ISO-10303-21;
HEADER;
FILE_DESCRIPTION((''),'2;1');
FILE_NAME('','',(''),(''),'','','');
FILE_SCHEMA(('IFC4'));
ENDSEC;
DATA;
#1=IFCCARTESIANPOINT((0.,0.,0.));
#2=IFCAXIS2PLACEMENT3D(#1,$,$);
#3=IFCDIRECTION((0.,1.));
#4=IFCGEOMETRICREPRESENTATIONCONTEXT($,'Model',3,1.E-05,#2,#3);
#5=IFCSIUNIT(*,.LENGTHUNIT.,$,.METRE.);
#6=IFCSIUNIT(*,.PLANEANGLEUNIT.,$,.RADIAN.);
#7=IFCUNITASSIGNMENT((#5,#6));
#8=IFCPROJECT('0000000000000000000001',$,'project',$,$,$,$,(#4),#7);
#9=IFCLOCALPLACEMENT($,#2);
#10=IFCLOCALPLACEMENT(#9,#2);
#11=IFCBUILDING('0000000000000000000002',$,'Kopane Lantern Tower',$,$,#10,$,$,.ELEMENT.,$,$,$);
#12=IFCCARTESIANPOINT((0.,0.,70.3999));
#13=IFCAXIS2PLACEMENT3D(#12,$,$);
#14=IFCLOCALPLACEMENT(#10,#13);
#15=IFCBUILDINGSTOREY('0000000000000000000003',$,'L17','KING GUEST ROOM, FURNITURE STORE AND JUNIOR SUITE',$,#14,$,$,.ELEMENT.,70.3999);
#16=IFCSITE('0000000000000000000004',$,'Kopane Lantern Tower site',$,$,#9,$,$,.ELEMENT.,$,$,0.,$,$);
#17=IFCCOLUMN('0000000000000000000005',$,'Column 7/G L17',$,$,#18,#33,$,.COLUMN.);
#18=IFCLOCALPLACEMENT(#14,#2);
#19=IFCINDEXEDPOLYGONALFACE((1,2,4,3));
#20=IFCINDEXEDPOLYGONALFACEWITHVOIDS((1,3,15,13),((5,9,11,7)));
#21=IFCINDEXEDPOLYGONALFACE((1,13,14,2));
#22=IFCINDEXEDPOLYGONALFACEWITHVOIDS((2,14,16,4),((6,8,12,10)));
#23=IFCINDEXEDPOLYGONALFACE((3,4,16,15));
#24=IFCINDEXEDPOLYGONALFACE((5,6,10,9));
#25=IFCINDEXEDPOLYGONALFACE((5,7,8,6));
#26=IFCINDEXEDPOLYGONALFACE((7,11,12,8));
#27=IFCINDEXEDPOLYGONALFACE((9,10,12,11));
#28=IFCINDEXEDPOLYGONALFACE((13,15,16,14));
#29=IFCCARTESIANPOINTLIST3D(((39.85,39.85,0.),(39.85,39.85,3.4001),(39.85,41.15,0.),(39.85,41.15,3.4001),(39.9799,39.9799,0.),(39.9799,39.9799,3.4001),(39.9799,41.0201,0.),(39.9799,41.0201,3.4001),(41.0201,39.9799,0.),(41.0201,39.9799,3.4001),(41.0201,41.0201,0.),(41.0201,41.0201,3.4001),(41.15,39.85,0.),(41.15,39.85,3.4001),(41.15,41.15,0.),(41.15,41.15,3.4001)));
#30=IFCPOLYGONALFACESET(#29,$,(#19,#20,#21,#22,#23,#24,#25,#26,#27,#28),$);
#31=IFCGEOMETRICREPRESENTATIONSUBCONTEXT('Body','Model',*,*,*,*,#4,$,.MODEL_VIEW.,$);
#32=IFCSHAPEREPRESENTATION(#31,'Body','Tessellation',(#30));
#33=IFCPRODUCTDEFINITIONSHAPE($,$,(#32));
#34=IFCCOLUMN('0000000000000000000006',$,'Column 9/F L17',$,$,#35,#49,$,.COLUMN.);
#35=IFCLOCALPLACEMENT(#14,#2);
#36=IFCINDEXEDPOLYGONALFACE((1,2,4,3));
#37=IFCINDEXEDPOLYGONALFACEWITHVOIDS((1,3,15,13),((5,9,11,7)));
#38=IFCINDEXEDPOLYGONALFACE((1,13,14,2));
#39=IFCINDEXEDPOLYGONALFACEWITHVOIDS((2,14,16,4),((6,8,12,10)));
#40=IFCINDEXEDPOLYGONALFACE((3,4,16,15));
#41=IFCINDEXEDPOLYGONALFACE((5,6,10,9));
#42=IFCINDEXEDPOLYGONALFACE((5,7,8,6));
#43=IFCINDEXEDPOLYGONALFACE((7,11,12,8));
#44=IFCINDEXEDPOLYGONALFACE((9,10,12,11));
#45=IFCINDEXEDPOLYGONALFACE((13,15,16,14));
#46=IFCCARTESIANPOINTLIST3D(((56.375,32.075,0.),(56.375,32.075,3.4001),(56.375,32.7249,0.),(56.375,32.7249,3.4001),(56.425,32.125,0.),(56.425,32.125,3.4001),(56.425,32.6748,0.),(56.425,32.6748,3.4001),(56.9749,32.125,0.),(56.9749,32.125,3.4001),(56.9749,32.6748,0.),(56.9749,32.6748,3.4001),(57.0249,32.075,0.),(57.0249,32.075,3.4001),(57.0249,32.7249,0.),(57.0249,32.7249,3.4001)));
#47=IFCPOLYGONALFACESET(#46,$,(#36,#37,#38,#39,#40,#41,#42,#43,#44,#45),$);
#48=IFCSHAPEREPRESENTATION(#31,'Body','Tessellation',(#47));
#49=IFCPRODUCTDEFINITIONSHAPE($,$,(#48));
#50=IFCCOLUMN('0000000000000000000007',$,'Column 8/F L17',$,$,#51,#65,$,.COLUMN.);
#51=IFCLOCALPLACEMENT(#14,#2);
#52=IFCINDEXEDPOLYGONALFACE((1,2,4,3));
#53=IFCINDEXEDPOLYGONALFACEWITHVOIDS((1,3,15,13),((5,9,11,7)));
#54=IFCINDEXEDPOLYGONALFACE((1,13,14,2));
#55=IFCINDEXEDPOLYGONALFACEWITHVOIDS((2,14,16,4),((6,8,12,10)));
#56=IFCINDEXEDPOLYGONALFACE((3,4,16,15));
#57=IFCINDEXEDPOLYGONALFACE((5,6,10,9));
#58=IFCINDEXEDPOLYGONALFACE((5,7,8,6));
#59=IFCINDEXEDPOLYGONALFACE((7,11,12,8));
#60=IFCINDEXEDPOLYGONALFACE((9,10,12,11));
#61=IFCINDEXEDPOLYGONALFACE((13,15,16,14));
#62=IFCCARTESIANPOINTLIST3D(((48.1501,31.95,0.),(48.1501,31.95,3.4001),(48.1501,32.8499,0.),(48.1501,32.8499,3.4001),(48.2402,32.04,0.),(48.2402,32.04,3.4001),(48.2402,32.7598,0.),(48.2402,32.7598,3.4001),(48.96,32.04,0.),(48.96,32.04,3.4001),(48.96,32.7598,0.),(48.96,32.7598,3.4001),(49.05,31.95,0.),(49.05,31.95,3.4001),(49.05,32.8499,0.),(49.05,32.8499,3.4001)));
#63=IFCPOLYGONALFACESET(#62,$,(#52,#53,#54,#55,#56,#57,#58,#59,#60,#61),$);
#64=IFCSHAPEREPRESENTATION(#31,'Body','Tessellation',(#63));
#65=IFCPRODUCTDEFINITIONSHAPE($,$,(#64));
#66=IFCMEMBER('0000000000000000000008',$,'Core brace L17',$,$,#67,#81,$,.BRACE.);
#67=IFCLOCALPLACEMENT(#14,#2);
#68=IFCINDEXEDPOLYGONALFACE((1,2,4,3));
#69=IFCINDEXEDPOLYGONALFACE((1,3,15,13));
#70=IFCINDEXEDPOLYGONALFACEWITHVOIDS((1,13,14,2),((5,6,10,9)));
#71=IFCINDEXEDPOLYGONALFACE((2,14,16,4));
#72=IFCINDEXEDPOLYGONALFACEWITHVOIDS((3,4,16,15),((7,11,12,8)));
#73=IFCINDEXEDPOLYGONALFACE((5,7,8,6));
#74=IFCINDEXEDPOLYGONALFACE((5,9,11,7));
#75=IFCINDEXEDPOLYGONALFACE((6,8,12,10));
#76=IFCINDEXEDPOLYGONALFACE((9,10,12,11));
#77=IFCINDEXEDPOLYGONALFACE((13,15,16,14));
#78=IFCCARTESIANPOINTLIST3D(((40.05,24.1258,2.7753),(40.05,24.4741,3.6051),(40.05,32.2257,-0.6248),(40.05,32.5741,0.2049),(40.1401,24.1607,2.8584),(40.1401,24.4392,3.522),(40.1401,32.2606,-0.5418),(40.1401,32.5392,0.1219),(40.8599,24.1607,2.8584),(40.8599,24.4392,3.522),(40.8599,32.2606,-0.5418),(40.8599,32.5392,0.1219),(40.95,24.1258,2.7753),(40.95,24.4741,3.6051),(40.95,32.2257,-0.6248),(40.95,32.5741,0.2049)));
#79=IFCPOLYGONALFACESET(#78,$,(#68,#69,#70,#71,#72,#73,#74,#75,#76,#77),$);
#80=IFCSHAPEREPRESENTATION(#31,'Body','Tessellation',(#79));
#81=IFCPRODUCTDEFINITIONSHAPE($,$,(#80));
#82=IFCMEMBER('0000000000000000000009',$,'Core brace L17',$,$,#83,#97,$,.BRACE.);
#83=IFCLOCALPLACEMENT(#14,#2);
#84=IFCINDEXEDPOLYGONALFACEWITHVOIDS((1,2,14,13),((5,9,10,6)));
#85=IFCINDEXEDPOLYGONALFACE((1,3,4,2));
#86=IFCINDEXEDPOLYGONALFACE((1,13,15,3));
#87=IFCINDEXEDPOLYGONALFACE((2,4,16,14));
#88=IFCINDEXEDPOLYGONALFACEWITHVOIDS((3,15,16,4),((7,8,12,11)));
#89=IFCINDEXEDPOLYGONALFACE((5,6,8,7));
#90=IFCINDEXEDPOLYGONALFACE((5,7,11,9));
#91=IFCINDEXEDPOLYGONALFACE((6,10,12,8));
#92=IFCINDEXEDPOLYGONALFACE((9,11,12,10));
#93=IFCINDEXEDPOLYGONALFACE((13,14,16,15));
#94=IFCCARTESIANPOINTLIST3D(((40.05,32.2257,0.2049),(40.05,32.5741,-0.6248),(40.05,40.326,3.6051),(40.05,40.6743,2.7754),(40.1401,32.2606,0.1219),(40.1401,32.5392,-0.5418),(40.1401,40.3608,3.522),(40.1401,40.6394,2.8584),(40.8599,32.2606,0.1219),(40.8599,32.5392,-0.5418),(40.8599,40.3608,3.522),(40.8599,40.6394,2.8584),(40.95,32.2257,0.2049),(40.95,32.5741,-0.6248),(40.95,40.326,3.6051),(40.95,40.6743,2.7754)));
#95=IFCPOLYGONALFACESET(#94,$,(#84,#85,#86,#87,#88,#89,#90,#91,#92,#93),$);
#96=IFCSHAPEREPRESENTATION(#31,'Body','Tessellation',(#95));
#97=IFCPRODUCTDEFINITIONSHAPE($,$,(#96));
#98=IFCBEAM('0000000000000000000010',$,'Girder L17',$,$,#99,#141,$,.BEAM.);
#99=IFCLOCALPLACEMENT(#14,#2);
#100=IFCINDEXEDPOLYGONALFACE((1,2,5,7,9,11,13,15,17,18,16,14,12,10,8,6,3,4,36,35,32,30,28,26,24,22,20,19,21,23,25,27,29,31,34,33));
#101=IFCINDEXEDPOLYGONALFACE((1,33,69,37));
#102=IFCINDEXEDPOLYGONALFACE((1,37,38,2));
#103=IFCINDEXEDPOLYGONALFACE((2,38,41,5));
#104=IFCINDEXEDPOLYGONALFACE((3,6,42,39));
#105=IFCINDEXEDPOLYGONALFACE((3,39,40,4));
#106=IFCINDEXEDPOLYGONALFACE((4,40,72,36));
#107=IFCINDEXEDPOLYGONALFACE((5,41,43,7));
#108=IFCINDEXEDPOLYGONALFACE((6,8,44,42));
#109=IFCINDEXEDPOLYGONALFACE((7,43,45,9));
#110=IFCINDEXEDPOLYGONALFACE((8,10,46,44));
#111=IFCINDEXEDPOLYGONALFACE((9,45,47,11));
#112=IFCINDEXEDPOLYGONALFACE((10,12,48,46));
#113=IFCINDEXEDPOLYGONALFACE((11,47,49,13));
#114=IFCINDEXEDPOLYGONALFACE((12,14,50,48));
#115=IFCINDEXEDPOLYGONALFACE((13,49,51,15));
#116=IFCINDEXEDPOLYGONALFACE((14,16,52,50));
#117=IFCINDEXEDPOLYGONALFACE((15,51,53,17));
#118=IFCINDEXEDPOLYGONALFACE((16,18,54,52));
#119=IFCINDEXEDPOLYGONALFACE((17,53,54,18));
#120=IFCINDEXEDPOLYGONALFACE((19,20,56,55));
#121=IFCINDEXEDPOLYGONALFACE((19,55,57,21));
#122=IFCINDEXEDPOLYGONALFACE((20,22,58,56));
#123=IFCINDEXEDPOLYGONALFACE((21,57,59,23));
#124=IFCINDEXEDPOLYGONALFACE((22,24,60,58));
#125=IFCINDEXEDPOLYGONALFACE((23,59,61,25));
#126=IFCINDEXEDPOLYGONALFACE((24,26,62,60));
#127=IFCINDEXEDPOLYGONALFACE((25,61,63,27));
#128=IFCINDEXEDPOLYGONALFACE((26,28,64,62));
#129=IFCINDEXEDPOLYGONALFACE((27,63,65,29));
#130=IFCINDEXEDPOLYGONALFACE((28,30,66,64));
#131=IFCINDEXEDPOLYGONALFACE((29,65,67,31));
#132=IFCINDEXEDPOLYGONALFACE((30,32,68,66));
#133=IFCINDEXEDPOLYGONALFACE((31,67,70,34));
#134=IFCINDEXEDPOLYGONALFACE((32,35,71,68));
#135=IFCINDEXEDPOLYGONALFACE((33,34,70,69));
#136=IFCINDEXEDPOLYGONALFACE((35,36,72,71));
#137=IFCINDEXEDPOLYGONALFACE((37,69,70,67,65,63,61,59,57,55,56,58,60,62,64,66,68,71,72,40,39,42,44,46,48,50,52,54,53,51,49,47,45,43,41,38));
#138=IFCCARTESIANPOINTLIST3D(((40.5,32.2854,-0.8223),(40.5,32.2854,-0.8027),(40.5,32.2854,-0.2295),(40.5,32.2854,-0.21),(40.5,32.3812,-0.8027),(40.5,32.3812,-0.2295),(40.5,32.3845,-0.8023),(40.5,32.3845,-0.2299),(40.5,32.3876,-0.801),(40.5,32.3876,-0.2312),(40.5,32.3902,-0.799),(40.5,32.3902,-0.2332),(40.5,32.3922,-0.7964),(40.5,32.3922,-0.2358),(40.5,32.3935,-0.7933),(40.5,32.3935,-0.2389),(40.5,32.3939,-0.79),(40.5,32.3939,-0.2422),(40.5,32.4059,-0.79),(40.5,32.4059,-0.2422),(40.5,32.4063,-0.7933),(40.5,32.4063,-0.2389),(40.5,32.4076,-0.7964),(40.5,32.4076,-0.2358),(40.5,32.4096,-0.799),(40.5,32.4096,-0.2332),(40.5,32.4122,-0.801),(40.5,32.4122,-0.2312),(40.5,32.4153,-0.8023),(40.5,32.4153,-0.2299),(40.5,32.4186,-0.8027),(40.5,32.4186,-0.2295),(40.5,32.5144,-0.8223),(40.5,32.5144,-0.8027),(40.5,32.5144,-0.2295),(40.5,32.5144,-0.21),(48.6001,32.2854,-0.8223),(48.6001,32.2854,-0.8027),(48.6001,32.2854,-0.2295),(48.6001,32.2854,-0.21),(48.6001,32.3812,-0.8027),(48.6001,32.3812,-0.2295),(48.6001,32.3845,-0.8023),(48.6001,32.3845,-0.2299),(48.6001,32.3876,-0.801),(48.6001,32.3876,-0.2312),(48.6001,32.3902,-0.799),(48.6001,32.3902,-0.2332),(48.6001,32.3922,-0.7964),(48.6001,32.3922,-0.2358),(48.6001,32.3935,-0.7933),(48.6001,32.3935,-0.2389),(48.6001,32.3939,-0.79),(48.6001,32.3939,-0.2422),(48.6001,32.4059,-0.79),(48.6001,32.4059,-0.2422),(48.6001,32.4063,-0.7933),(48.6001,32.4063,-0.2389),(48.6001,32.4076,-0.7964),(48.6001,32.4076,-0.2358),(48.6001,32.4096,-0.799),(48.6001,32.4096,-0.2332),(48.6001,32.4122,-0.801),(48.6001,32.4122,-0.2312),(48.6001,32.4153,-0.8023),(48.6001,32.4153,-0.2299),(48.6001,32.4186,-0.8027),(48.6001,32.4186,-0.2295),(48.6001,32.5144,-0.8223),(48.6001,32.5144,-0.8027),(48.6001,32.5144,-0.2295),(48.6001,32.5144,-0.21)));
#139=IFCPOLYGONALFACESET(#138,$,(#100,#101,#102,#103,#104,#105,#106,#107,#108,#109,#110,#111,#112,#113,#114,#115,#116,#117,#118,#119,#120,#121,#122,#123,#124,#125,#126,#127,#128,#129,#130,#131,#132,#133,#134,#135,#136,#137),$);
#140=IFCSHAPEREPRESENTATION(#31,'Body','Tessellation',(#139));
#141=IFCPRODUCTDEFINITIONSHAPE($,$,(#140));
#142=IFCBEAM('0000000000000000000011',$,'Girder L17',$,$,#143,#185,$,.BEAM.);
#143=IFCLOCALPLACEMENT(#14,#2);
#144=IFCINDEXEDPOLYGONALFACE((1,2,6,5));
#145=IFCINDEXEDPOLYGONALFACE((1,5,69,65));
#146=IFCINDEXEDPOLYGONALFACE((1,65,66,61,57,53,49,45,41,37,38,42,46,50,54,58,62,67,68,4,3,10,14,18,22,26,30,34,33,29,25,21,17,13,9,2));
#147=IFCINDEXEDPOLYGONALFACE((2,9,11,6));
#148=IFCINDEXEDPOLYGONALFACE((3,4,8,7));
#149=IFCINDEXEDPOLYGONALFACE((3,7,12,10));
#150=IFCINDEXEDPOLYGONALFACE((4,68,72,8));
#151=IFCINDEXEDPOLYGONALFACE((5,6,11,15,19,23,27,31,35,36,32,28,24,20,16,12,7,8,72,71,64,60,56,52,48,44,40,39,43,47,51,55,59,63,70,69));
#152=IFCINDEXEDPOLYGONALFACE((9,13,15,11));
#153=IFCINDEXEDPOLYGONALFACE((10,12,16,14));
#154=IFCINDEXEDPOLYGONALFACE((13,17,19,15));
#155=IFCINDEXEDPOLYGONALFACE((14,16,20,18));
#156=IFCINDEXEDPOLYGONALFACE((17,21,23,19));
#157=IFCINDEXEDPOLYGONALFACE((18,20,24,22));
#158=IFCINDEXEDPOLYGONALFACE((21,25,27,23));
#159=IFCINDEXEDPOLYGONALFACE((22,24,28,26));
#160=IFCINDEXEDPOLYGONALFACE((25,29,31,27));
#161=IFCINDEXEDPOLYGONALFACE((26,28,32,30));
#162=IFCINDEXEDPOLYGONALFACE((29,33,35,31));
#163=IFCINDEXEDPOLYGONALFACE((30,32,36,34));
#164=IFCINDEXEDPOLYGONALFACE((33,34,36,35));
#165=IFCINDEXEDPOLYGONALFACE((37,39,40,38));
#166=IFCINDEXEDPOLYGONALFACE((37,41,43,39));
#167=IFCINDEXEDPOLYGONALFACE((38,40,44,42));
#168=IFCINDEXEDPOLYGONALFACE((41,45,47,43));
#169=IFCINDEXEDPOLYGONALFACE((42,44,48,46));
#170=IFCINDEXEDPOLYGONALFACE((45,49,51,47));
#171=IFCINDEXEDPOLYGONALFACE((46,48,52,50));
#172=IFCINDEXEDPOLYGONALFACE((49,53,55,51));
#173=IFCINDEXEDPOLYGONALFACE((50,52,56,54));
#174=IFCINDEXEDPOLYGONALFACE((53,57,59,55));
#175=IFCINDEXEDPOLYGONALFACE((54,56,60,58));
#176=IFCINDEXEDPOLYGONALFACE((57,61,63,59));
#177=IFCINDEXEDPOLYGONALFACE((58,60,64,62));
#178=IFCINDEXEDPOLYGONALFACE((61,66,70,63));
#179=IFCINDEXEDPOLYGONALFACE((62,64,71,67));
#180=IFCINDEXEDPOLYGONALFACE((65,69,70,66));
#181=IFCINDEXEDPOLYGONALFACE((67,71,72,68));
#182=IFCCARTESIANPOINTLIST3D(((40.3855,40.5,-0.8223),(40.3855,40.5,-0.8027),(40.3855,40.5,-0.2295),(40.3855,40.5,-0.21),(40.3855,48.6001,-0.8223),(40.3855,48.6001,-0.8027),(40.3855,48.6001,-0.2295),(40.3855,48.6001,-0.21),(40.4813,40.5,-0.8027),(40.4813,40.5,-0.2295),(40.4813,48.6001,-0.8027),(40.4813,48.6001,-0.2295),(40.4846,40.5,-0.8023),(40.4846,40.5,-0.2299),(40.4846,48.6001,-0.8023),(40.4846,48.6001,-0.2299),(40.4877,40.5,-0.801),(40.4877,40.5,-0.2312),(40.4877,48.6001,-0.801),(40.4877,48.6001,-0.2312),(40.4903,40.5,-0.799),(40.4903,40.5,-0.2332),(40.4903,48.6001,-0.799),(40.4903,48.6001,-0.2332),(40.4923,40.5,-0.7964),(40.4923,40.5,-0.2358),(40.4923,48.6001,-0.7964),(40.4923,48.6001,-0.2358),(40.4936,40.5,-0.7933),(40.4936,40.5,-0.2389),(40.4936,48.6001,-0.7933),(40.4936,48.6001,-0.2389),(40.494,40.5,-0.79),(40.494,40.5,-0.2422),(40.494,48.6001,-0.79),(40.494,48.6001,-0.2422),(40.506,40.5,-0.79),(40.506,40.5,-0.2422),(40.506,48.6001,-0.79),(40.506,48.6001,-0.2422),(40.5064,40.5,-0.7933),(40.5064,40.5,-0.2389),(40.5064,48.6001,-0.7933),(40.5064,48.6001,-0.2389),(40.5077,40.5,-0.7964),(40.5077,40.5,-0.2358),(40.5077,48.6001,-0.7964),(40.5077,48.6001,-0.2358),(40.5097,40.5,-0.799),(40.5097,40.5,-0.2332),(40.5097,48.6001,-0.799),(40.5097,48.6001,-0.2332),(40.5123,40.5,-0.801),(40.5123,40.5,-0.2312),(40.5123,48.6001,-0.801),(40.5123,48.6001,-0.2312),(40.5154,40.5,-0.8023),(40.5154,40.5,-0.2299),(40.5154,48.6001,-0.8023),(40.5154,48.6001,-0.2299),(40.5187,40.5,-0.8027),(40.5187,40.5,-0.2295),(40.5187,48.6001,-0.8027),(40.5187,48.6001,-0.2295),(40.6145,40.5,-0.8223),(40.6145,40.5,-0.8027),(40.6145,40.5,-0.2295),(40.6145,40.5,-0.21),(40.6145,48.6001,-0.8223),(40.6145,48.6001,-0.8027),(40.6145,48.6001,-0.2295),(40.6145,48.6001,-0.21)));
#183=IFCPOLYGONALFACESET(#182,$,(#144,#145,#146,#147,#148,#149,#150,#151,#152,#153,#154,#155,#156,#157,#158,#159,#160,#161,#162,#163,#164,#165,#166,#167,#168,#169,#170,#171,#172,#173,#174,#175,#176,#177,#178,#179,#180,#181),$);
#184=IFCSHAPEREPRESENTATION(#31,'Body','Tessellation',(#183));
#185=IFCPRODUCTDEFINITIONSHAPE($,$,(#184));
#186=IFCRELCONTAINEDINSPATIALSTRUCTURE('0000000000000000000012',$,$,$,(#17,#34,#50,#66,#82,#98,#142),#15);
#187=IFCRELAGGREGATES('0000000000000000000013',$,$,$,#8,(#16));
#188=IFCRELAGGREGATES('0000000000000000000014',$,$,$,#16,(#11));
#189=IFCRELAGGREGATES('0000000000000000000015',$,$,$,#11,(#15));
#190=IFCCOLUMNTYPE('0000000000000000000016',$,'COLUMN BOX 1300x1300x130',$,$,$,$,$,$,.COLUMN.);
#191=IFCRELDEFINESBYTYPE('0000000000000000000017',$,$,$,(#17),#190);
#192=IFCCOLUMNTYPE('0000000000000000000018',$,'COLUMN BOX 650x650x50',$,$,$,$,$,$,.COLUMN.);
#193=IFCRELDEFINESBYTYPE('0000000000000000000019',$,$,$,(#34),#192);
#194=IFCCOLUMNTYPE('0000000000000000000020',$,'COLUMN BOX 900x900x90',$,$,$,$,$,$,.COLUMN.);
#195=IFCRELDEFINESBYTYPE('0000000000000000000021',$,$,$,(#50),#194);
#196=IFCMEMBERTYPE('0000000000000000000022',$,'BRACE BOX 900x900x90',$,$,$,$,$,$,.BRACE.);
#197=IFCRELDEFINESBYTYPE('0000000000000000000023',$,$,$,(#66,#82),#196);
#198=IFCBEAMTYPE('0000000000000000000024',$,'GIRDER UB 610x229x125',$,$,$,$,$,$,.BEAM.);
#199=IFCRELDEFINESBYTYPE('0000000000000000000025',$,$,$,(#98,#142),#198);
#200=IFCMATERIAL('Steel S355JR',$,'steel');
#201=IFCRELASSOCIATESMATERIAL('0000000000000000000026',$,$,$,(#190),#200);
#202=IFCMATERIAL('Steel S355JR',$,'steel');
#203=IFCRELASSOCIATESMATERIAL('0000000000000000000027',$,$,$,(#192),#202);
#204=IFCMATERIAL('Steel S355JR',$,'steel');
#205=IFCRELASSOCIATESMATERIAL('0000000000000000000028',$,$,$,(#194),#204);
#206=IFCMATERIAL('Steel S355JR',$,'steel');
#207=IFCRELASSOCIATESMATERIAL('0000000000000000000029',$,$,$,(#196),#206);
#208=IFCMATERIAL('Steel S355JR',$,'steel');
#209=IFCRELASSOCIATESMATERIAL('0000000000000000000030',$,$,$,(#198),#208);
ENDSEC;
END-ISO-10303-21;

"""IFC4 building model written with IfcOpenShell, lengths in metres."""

from ifc_helpers import new_model, si_unit, direction, frame, origin, origin_2d, place, context, subcontext, project, spatial, hollow_rectangle, i_section, extrude, material, material_profile, profile_set, type_object, element, save


model = new_model("IFC4")

# Units and contexts
model_context = context("Model", 3, precision=1e-05, world=origin(), true_north=direction((0.0, 1.0)))
body_context = subcontext(model_context, "Body", "Model", "MODEL_VIEW")
ifc_project = project(units=[si_unit("LENGTHUNIT", "METRE"), si_unit("PLANEANGLEUNIT", "RADIAN")], contexts=[model_context])

# Site, building, storey
site_placement = place(None, origin())
site = spatial("IfcSite", under=ifc_project, at=site_placement, Name="Kopane Lantern Tower site", CompositionType="ELEMENT", RefElevation=0.0)
building_placement = place(site_placement, origin())
building = spatial("IfcBuilding", under=site, at=building_placement, Name="Kopane Lantern Tower", CompositionType="ELEMENT")
storey_placement = place(building_placement, frame((0.0, 0.0, 70.3999)))
storey = spatial("IfcBuildingStorey", under=building, at=storey_placement, Name="L17", Description="KING GUEST ROOM, FURNITURE STORE AND JUNIOR SUITE", CompositionType="ELEMENT", Elevation=70.3999)

# Columns
ifc_material_1 = material(Name="Steel S355JR", Category="steel")
ifc_material_profile_1 = material_profile(ifc_material_1, hollow_rectangle(XDim=1.3, YDim=1.3, WallThickness=0.1299, at=origin_2d()), Name="BOX 1300x1300x130")
ifc_profile_set_1 = profile_set([ifc_material_profile_1], Name="Steel S355JR")
column_type_1 = type_object("IfcColumnType", Name="COLUMN BOX 1300x1300x130", PredefinedType="COLUMN", material=ifc_profile_set_1)
column_1_placement = place(storey_placement, frame((40.5, 40.5, 0.0), z_axis=(0.0, 0.0, 1.0), x_axis=(1.0, 0.0, 0.0)))
element("IfcColumn", 1, at=column_1_placement, inside=storey, type_object=column_type_1, Name="Column 7/G L17", PredefinedType="COLUMN", context=body_context, shape_type="SweptSolid", body=[
    extrude(hollow_rectangle(XDim=1.3, YDim=1.3, WallThickness=0.1299, at=origin_2d()), origin(), (0.0, 0.0, 1.0), 3.4001),
])
ifc_material_2 = material(Name="Steel S355JR", Category="steel")
ifc_material_profile_2 = material_profile(ifc_material_2, hollow_rectangle(XDim=0.6499, YDim=0.6499, WallThickness=0.05, at=origin_2d()), Name="BOX 650x650x50")
ifc_profile_set_2 = profile_set([ifc_material_profile_2], Name="Steel S355JR")
column_type_2 = type_object("IfcColumnType", Name="COLUMN BOX 650x650x50", PredefinedType="COLUMN", material=ifc_profile_set_2)
column_2_placement = place(storey_placement, frame((56.7, 32.3999, 0.0), z_axis=(0.0, 0.0, 1.0), x_axis=(1.0, 0.0, 0.0)))
element("IfcColumn", 2, at=column_2_placement, inside=storey, type_object=column_type_2, Name="Column 9/F L17", PredefinedType="COLUMN", context=body_context, shape_type="SweptSolid", body=[
    extrude(hollow_rectangle(XDim=0.6499, YDim=0.6499, WallThickness=0.05, at=origin_2d()), origin(), (0.0, 0.0, 1.0), 3.4001),
])
ifc_material_3 = material(Name="Steel S355JR", Category="steel")
ifc_material_profile_3 = material_profile(ifc_material_3, hollow_rectangle(XDim=0.8999, YDim=0.8999, WallThickness=0.0901, at=origin_2d()), Name="BOX 900x900x90")
ifc_profile_set_3 = profile_set([ifc_material_profile_3], Name="Steel S355JR")
column_type_3 = type_object("IfcColumnType", Name="COLUMN BOX 900x900x90", PredefinedType="COLUMN", material=ifc_profile_set_3)
column_3_placement = place(storey_placement, frame((48.6001, 32.3999, 0.0), z_axis=(0.0, 0.0, 1.0), x_axis=(1.0, 0.0, 0.0)))
element("IfcColumn", 3, at=column_3_placement, inside=storey, type_object=column_type_3, Name="Column 8/F L17", PredefinedType="COLUMN", context=body_context, shape_type="SweptSolid", body=[
    extrude(hollow_rectangle(XDim=0.8999, YDim=0.8999, WallThickness=0.0901, at=origin_2d()), origin(), (0.0, 0.0, 1.0), 3.4001),
])

# Members
ifc_material_4 = material(Name="Steel S355JR", Category="steel")
ifc_material_profile_4 = material_profile(ifc_material_4, hollow_rectangle(XDim=0.8999, YDim=0.8999, WallThickness=0.0901, at=origin_2d()), Name="BOX 900x900x90")
ifc_profile_set_4 = profile_set([ifc_material_profile_4], Name="Steel S355JR")
member_type = type_object("IfcMemberType", Name="BRACE BOX 900x900x90", PredefinedType="BRACE", material=ifc_profile_set_4)
member_1_placement = place(storey_placement, frame((40.5, 32.3999, -0.21), z_axis=(0.0, -0.922055, 0.387059), x_axis=(1.0, 0.0, 0.0)))
element("IfcMember", 4, at=member_1_placement, inside=storey, type_object=member_type, Name="Core brace L17", PredefinedType="BRACE", context=body_context, shape_type="SweptSolid", body=[
    extrude(hollow_rectangle(XDim=0.8999, YDim=0.8999, WallThickness=0.0901, at=origin_2d()), origin(), (0.0, 0.0, 1.0), 8.7847),
])
member_2_placement = place(storey_placement, frame((40.5, 32.3999, -0.21), z_axis=(0.0, 0.922059, 0.387049), x_axis=(-1.0, 0.0, 0.0)))
element("IfcMember", 5, at=member_2_placement, inside=storey, type_object=member_type, Name="Core brace L17", PredefinedType="BRACE", context=body_context, shape_type="SweptSolid", body=[
    extrude(hollow_rectangle(XDim=0.8999, YDim=0.8999, WallThickness=0.0901, at=origin_2d()), origin(), (0.0, 0.0, 1.0), 8.7849),
])

# Beams
ifc_material_5 = material(Name="Steel S355JR", Category="steel")
ifc_material_profile_5 = material_profile(ifc_material_5, i_section(OverallWidth=0.229, OverallDepth=0.6123, WebThickness=0.012, FlangeThickness=0.0195, FilletRadius=0.0127, at=origin_2d()), Name="UB 610x229x125")
ifc_profile_set_5 = profile_set([ifc_material_profile_5], Name="Steel S355JR")
beam_type = type_object("IfcBeamType", Name="GIRDER UB 610x229x125", PredefinedType="BEAM", material=ifc_profile_set_5)
for number, where, z_axis, x_axis, name in (
    (6, (40.5, 32.3999, -0.5161), (1.0, 0.0, 0.0), (0.0, 1.0, 0.0), "Girder L17"),
    (7, (40.5, 40.5, -0.5161), (0.0, 1.0, 0.0), (-1.0, 0.0, 0.0), "Girder L17"),
):
    element("IfcBeam", number, at=place(storey_placement, frame(where, z_axis=z_axis, x_axis=x_axis)), inside=storey, type_object=beam_type, Name=name, PredefinedType="BEAM", context=body_context, shape_type="SweptSolid", body=[
        extrude(i_section(OverallWidth=0.229, OverallDepth=0.6123, WebThickness=0.012, FlangeThickness=0.0195, FilletRadius=0.0127, at=origin_2d()), origin(), (0.0, 0.0, 1.0), 8.1001),
    ])

save(model, "model.ifc")
